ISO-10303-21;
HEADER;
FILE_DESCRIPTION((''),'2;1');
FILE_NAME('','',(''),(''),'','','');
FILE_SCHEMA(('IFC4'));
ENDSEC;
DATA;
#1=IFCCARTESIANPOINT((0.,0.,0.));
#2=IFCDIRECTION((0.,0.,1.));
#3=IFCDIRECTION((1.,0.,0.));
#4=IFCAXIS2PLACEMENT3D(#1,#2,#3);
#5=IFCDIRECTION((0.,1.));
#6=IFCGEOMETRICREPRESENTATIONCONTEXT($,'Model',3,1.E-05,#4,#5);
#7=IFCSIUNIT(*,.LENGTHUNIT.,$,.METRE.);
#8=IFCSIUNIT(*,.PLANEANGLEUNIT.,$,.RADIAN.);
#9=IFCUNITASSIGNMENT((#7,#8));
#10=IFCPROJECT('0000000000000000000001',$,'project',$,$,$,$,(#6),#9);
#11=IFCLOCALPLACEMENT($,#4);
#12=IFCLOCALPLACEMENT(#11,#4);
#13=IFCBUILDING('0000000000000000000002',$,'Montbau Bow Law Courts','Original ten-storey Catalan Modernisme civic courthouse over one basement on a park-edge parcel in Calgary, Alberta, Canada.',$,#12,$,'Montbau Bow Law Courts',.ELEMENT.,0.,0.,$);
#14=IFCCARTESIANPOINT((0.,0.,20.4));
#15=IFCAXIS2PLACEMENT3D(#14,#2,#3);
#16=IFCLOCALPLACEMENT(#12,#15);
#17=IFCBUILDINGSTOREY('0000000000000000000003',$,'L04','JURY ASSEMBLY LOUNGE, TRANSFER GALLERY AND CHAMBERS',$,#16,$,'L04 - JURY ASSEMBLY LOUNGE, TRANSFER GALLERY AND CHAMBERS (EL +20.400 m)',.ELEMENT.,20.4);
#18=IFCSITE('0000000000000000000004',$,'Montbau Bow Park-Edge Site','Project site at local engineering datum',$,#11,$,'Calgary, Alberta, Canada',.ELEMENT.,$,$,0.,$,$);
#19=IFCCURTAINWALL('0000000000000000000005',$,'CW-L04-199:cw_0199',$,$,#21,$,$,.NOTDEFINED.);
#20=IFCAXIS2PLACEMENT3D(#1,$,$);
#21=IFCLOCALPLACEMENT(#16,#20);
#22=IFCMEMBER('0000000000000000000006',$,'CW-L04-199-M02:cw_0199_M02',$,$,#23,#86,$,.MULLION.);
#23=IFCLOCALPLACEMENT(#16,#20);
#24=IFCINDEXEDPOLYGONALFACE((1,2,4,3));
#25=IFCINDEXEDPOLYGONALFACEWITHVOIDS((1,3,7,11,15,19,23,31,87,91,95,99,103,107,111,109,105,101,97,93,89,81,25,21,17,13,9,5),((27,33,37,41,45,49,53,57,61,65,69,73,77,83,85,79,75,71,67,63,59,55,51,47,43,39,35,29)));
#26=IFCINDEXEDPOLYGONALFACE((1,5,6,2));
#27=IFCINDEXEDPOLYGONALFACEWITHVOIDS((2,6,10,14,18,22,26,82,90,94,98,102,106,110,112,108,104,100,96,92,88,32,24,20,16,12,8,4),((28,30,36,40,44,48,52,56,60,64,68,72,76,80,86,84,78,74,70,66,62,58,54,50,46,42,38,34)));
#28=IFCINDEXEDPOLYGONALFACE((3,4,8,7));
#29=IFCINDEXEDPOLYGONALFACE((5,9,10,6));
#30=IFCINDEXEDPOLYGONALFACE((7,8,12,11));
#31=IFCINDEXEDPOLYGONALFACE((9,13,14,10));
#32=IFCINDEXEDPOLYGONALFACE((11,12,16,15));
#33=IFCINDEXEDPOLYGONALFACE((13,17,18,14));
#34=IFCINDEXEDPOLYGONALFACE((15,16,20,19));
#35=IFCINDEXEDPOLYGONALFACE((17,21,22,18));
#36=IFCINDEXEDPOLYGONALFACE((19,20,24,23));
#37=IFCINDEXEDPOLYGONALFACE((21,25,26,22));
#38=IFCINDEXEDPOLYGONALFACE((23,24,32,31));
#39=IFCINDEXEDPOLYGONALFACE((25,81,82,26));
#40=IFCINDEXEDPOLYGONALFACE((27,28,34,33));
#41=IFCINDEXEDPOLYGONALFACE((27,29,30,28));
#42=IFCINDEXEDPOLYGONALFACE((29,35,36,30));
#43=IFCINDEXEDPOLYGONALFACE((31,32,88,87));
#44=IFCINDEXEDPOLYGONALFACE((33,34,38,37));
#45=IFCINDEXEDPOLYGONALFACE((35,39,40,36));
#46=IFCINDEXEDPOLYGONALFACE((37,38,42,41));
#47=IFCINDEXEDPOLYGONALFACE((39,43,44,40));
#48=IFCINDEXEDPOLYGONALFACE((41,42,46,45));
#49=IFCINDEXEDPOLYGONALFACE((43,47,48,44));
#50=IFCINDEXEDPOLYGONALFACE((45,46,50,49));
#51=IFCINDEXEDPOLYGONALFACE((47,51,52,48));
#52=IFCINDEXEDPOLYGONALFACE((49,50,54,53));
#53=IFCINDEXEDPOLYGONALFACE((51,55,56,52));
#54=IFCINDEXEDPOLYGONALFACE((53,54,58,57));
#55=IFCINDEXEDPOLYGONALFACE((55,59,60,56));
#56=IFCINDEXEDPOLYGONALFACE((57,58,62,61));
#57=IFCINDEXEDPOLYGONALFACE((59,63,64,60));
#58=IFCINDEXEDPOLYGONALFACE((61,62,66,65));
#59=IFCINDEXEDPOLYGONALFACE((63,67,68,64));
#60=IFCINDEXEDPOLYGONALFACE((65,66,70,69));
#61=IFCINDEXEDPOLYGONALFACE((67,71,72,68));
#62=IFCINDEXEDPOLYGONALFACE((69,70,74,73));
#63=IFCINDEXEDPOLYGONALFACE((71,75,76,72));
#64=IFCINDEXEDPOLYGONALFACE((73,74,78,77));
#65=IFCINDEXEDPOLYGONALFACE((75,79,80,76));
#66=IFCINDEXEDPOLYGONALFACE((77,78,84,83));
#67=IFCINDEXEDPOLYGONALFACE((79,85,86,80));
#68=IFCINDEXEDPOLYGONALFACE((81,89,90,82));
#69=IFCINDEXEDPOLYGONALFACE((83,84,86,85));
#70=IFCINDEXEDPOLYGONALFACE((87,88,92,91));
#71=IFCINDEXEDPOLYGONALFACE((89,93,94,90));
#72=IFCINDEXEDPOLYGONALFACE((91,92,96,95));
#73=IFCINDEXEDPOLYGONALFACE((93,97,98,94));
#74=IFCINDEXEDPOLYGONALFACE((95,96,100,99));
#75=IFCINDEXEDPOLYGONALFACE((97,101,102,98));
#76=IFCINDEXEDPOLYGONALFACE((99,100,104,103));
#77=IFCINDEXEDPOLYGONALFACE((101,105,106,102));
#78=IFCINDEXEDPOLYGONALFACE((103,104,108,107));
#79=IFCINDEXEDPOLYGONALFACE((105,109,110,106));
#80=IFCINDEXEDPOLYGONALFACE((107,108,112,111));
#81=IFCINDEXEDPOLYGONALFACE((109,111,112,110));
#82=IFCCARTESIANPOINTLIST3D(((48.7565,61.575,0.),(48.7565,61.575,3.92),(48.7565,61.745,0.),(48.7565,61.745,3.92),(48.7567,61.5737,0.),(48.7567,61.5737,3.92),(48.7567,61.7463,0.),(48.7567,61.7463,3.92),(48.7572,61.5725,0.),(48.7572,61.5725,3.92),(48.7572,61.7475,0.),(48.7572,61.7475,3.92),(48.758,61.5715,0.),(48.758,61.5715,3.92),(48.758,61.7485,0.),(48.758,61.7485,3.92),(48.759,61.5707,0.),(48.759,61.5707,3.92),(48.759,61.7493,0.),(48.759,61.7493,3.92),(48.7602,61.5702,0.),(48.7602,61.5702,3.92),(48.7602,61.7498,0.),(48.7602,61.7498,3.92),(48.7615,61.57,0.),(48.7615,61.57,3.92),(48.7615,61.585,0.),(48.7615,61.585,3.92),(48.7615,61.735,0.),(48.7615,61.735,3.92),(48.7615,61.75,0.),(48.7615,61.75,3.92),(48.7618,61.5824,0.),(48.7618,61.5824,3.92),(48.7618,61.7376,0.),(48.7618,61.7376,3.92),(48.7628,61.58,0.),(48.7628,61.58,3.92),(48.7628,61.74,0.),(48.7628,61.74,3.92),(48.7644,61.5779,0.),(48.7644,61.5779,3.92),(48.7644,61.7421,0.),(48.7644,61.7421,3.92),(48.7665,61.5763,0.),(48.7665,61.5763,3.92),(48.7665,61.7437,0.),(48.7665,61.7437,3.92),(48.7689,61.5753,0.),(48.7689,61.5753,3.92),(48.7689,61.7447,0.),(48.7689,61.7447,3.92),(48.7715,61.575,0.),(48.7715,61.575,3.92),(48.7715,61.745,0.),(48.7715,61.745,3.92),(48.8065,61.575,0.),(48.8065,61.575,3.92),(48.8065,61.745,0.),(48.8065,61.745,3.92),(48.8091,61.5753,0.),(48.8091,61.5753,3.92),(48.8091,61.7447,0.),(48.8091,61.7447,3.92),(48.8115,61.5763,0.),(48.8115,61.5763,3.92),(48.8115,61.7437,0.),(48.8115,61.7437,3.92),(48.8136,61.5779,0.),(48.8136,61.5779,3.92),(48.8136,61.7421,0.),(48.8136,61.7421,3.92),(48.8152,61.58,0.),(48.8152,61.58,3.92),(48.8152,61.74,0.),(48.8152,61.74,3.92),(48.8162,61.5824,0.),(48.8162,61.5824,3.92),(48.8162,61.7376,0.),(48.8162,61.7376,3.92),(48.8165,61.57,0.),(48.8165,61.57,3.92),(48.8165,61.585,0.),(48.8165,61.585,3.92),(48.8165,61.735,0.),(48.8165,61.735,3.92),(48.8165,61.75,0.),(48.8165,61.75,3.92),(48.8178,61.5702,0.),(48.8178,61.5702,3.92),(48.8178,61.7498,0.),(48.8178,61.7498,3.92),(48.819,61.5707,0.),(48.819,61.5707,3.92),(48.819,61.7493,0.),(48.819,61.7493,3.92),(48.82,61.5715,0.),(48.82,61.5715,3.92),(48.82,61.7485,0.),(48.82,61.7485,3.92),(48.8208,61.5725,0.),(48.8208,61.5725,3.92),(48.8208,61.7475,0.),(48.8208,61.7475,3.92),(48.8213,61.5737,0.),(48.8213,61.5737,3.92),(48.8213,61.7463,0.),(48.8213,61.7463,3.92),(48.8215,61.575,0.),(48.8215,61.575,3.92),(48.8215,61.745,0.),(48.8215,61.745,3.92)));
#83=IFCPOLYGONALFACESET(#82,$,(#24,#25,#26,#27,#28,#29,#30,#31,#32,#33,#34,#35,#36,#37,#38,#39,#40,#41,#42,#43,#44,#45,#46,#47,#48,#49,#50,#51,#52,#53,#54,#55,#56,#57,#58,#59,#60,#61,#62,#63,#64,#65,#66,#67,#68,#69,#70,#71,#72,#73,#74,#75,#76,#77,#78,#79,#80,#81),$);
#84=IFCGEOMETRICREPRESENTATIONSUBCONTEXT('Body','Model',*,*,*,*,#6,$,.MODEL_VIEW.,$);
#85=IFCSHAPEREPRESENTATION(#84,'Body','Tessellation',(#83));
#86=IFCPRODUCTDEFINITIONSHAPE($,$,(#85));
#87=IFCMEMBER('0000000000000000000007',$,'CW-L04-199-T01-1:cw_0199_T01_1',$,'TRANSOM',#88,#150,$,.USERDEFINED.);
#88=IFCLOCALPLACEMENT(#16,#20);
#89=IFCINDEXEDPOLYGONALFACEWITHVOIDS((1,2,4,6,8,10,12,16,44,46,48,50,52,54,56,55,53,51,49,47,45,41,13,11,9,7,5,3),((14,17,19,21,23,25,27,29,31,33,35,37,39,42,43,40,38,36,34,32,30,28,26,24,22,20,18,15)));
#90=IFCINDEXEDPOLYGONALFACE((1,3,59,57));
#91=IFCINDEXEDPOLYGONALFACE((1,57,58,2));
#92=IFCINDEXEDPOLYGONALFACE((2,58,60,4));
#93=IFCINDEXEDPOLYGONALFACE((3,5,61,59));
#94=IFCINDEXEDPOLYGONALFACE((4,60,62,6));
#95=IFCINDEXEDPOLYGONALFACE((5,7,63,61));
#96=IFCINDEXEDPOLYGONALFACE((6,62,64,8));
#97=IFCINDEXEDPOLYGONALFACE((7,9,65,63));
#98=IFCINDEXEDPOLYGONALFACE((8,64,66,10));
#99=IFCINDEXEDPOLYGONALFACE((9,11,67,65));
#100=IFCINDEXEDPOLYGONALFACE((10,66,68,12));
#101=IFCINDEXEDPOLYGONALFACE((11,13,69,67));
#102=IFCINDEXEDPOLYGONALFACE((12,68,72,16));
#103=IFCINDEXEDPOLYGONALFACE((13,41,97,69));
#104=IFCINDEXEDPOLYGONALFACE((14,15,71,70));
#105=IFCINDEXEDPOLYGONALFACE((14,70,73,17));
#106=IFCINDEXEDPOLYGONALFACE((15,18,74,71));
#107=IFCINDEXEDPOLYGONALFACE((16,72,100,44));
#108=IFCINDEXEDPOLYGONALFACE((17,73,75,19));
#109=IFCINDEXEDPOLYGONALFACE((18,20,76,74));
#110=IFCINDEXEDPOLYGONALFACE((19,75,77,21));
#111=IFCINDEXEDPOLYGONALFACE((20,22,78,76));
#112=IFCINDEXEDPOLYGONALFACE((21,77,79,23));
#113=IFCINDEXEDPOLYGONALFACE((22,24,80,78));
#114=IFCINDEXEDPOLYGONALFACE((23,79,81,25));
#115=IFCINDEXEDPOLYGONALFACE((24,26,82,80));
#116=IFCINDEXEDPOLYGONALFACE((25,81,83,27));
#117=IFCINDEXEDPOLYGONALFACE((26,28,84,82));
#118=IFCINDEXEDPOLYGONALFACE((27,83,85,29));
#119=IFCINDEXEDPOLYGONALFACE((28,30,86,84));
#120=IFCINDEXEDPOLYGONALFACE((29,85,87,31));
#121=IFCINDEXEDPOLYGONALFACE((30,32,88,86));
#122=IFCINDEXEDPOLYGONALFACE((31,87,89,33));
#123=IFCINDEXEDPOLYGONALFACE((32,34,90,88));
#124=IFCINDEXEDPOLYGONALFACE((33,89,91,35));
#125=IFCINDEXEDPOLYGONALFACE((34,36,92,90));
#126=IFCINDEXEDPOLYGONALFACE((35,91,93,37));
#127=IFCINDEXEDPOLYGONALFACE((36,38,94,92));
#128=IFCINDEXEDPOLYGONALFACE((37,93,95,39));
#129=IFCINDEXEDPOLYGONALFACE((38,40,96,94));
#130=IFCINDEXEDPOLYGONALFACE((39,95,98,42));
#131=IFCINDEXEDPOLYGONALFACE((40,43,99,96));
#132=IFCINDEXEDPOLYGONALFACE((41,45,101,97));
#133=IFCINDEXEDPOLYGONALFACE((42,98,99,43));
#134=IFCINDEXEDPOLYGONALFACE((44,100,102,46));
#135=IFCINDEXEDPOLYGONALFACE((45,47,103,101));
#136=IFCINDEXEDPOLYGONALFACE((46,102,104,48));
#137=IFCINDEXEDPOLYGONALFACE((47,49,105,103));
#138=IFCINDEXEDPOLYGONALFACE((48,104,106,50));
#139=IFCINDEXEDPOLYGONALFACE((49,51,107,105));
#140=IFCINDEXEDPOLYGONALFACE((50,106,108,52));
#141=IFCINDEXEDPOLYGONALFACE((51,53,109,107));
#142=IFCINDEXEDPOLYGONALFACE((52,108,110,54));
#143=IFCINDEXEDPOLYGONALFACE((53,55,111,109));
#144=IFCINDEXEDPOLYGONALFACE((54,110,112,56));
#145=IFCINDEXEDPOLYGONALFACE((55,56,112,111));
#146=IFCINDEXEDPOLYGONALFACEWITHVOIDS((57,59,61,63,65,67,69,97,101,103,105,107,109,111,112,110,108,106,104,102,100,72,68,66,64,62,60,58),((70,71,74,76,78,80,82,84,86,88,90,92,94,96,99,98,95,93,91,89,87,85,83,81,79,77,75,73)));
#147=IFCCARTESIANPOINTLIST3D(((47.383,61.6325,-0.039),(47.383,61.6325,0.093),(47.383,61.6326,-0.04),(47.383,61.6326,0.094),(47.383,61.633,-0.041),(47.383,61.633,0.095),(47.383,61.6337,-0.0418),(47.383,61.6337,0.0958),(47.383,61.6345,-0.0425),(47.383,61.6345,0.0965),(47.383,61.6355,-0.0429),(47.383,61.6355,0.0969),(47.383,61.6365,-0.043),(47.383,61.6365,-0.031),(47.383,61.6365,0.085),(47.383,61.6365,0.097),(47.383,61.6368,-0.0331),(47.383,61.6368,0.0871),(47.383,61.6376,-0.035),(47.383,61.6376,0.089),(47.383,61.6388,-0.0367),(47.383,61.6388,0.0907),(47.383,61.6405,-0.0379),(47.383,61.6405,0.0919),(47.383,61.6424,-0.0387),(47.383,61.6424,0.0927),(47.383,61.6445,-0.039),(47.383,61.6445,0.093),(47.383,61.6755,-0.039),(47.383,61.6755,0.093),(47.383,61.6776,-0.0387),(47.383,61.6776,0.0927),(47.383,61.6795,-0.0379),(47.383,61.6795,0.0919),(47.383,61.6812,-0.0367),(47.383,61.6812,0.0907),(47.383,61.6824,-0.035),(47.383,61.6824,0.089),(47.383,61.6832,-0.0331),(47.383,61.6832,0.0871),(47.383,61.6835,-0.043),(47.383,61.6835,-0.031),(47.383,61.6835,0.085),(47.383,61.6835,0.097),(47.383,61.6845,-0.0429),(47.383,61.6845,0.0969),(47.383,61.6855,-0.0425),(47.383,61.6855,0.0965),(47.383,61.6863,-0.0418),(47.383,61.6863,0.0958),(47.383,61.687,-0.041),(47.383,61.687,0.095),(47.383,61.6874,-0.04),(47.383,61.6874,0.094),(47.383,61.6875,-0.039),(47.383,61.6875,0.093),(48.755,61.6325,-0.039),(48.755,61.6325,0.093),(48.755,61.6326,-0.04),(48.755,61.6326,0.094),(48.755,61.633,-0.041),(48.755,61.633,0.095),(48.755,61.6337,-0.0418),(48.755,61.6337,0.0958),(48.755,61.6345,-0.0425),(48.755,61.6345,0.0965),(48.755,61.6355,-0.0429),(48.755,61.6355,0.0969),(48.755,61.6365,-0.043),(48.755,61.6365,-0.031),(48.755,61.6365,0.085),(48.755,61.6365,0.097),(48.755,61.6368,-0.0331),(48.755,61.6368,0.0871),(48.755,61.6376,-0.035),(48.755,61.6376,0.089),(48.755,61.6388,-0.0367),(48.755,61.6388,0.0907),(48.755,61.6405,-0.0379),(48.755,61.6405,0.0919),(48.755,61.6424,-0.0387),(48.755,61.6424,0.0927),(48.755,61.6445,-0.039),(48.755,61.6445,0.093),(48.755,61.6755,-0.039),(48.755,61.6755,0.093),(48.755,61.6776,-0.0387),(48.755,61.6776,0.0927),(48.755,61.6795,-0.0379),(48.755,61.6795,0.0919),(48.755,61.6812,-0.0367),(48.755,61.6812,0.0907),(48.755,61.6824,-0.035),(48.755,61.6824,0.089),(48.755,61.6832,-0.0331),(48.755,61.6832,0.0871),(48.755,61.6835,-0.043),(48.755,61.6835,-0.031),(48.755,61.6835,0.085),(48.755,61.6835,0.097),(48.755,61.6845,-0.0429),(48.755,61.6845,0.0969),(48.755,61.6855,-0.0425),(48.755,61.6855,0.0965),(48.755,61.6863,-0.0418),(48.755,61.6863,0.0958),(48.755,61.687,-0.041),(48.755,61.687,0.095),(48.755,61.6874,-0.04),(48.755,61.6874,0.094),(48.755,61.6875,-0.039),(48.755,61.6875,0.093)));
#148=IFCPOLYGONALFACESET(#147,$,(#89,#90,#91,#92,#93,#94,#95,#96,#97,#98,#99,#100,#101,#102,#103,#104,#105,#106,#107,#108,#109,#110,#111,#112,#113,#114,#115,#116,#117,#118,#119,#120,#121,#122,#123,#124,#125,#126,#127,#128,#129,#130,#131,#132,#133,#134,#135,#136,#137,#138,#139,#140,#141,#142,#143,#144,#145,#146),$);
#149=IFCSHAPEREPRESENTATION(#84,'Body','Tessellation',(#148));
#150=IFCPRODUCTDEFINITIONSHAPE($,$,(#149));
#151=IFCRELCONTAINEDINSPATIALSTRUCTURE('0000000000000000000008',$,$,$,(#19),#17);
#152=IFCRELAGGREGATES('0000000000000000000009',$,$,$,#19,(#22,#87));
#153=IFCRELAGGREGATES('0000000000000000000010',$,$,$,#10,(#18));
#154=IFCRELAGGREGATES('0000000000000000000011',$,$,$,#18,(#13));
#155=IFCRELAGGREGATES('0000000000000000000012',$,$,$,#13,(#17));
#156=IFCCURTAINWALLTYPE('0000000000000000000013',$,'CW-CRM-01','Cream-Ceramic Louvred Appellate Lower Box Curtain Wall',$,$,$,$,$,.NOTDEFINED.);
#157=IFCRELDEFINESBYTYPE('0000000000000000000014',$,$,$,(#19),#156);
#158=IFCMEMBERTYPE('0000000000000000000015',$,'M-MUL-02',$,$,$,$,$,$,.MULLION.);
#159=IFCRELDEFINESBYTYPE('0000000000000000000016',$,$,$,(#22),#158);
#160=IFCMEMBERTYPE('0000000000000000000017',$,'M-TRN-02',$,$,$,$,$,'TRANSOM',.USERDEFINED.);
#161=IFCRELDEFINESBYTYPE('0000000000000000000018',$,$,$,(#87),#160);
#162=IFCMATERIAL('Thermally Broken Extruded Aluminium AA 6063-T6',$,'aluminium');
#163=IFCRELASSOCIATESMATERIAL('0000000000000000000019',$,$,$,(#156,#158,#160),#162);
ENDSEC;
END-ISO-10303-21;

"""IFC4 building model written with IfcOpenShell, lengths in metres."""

from ifc_helpers import new_model, si_unit, direction, frame, origin_with_axes, origin_2d_with_axis, place, context, subcontext, project, spatial, hollow_rectangle, extrude, material, material_profile, profile_set, type_object, element, aggregate, save


model = new_model("IFC4")

# Units and contexts
model_context = context("Model", 3, precision=1e-05, world=origin_with_axes(), true_north=direction((0.0, 1.0)))
body_context = subcontext(model_context, "Body", "Model", "MODEL_VIEW")
ifc_project = project(units=[si_unit("LENGTHUNIT", "METRE"), si_unit("PLANEANGLEUNIT", "RADIAN")], contexts=[model_context])

# Site, building, storey
site_placement = place(None, origin_with_axes())
site = spatial("IfcSite", under=ifc_project, at=site_placement, Name="Montbau Bow Park-Edge Site", Description="Project site at local engineering datum", LongName="Calgary, Alberta, Canada", CompositionType="ELEMENT", RefElevation=0.0)
building_placement = place(site_placement, origin_with_axes())
building = spatial("IfcBuilding", under=site, at=building_placement, Name="Montbau Bow Law Courts", Description="Original ten-storey Catalan Modernisme civic courthouse over one basement on a park-edge parcel in Calgary, Alberta, Canada.", LongName="Montbau Bow Law Courts", CompositionType="ELEMENT", ElevationOfRefHeight=0.0, ElevationOfTerrain=0.0)
storey_placement = place(building_placement, frame((0.0, 0.0, 20.4), z_axis=(0.0, 0.0, 1.0), x_axis=(1.0, 0.0, 0.0)))
storey = spatial("IfcBuildingStorey", under=building, at=storey_placement, Name="L04", Description="JURY ASSEMBLY LOUNGE, TRANSFER GALLERY AND CHAMBERS", LongName="L04 - JURY ASSEMBLY LOUNGE, TRANSFER GALLERY AND CHAMBERS (EL +20.400 m)", CompositionType="ELEMENT", Elevation=20.4)

# Curtain wall, members
ifc_material_1 = material(Name="Thermally Broken Extruded Aluminium AA 6063-T6", Category="aluminium")
curtain_wall_type = type_object("IfcCurtainWallType", Name="CW-CRM-01", Description="Cream-Ceramic Louvred Appellate Lower Box Curtain Wall", PredefinedType="NOTDEFINED", material=ifc_material_1)
curtain_wall_1_placement = place(None, frame((47.315, 61.66, 20.4), z_axis=(0.0, 0.0, 1.0), x_axis=(1.0, 0.0, 0.0)))
curtain_wall_1 = element("IfcCurtainWall", 1, at=curtain_wall_1_placement, inside=storey, type_object=curtain_wall_type, Name="CW-L04-199:cw_0199", PredefinedType="NOTDEFINED")
ifc_material_profile_1 = material_profile(ifc_material_1, hollow_rectangle(XDim=0.065, YDim=0.18, WallThickness=0.005, InnerFilletRadius=0.01, OuterFilletRadius=0.005, at=origin_2d_with_axis()), Name="CWM-180X65", Category="Main", Priority=0)
ifc_profile_set_1 = profile_set([ifc_material_profile_1], Name="Thermally Broken Extruded Aluminium AA 6063-T6")
member_type_1 = type_object("IfcMemberType", Name="M-MUL-02", PredefinedType="MULLION", material=ifc_profile_set_1)
member_1_placement = place(None, frame((48.789, 61.66, 20.4), z_axis=(0.0, 0.0, 1.0), x_axis=(1.0, 0.0, 0.0)))
member_1 = element("IfcMember", 2, at=member_1_placement, type_object=member_type_1, Name="CW-L04-199-M02:cw_0199_M02", PredefinedType="MULLION", context=body_context, shape_type="SweptSolid", body=[
    extrude(hollow_rectangle(XDim=0.065, YDim=0.18, WallThickness=0.005, InnerFilletRadius=0.01, OuterFilletRadius=0.005, at=origin_2d_with_axis()), origin_with_axes(), (0.0, 0.0, 1.0), 3.92),
])
ifc_material_profile_2 = material_profile(ifc_material_1, hollow_rectangle(XDim=0.055, YDim=0.14, WallThickness=0.004, InnerFilletRadius=0.008, OuterFilletRadius=0.004, at=origin_2d_with_axis()), Name="CWT-140X55", Category="Main", Priority=0)
ifc_profile_set_2 = profile_set([ifc_material_profile_2], Name="Thermally Broken Extruded Aluminium AA 6063-T6")
member_type_2 = type_object("IfcMemberType", Name="M-TRN-02", ElementType="TRANSOM", PredefinedType="USERDEFINED", material=ifc_profile_set_2)
member_2_placement = place(None, frame((47.383, 61.66, 20.427), z_axis=(1.0, 0.0, 0.0), x_axis=(0.0, 1.0, 0.0)))
member_2 = element("IfcMember", 3, at=member_2_placement, type_object=member_type_2, Name="CW-L04-199-T01-1:cw_0199_T01_1", ObjectType="TRANSOM", PredefinedType="USERDEFINED", context=body_context, shape_type="SweptSolid", body=[
    extrude(hollow_rectangle(XDim=0.055, YDim=0.14, WallThickness=0.004, InnerFilletRadius=0.008, OuterFilletRadius=0.004, at=origin_2d_with_axis()), origin_with_axes(), (0.0, 0.0, 1.0), 1.372),
])

aggregate(curtain_wall_1, [member_1, member_2])

save(model, "model.ifc")
